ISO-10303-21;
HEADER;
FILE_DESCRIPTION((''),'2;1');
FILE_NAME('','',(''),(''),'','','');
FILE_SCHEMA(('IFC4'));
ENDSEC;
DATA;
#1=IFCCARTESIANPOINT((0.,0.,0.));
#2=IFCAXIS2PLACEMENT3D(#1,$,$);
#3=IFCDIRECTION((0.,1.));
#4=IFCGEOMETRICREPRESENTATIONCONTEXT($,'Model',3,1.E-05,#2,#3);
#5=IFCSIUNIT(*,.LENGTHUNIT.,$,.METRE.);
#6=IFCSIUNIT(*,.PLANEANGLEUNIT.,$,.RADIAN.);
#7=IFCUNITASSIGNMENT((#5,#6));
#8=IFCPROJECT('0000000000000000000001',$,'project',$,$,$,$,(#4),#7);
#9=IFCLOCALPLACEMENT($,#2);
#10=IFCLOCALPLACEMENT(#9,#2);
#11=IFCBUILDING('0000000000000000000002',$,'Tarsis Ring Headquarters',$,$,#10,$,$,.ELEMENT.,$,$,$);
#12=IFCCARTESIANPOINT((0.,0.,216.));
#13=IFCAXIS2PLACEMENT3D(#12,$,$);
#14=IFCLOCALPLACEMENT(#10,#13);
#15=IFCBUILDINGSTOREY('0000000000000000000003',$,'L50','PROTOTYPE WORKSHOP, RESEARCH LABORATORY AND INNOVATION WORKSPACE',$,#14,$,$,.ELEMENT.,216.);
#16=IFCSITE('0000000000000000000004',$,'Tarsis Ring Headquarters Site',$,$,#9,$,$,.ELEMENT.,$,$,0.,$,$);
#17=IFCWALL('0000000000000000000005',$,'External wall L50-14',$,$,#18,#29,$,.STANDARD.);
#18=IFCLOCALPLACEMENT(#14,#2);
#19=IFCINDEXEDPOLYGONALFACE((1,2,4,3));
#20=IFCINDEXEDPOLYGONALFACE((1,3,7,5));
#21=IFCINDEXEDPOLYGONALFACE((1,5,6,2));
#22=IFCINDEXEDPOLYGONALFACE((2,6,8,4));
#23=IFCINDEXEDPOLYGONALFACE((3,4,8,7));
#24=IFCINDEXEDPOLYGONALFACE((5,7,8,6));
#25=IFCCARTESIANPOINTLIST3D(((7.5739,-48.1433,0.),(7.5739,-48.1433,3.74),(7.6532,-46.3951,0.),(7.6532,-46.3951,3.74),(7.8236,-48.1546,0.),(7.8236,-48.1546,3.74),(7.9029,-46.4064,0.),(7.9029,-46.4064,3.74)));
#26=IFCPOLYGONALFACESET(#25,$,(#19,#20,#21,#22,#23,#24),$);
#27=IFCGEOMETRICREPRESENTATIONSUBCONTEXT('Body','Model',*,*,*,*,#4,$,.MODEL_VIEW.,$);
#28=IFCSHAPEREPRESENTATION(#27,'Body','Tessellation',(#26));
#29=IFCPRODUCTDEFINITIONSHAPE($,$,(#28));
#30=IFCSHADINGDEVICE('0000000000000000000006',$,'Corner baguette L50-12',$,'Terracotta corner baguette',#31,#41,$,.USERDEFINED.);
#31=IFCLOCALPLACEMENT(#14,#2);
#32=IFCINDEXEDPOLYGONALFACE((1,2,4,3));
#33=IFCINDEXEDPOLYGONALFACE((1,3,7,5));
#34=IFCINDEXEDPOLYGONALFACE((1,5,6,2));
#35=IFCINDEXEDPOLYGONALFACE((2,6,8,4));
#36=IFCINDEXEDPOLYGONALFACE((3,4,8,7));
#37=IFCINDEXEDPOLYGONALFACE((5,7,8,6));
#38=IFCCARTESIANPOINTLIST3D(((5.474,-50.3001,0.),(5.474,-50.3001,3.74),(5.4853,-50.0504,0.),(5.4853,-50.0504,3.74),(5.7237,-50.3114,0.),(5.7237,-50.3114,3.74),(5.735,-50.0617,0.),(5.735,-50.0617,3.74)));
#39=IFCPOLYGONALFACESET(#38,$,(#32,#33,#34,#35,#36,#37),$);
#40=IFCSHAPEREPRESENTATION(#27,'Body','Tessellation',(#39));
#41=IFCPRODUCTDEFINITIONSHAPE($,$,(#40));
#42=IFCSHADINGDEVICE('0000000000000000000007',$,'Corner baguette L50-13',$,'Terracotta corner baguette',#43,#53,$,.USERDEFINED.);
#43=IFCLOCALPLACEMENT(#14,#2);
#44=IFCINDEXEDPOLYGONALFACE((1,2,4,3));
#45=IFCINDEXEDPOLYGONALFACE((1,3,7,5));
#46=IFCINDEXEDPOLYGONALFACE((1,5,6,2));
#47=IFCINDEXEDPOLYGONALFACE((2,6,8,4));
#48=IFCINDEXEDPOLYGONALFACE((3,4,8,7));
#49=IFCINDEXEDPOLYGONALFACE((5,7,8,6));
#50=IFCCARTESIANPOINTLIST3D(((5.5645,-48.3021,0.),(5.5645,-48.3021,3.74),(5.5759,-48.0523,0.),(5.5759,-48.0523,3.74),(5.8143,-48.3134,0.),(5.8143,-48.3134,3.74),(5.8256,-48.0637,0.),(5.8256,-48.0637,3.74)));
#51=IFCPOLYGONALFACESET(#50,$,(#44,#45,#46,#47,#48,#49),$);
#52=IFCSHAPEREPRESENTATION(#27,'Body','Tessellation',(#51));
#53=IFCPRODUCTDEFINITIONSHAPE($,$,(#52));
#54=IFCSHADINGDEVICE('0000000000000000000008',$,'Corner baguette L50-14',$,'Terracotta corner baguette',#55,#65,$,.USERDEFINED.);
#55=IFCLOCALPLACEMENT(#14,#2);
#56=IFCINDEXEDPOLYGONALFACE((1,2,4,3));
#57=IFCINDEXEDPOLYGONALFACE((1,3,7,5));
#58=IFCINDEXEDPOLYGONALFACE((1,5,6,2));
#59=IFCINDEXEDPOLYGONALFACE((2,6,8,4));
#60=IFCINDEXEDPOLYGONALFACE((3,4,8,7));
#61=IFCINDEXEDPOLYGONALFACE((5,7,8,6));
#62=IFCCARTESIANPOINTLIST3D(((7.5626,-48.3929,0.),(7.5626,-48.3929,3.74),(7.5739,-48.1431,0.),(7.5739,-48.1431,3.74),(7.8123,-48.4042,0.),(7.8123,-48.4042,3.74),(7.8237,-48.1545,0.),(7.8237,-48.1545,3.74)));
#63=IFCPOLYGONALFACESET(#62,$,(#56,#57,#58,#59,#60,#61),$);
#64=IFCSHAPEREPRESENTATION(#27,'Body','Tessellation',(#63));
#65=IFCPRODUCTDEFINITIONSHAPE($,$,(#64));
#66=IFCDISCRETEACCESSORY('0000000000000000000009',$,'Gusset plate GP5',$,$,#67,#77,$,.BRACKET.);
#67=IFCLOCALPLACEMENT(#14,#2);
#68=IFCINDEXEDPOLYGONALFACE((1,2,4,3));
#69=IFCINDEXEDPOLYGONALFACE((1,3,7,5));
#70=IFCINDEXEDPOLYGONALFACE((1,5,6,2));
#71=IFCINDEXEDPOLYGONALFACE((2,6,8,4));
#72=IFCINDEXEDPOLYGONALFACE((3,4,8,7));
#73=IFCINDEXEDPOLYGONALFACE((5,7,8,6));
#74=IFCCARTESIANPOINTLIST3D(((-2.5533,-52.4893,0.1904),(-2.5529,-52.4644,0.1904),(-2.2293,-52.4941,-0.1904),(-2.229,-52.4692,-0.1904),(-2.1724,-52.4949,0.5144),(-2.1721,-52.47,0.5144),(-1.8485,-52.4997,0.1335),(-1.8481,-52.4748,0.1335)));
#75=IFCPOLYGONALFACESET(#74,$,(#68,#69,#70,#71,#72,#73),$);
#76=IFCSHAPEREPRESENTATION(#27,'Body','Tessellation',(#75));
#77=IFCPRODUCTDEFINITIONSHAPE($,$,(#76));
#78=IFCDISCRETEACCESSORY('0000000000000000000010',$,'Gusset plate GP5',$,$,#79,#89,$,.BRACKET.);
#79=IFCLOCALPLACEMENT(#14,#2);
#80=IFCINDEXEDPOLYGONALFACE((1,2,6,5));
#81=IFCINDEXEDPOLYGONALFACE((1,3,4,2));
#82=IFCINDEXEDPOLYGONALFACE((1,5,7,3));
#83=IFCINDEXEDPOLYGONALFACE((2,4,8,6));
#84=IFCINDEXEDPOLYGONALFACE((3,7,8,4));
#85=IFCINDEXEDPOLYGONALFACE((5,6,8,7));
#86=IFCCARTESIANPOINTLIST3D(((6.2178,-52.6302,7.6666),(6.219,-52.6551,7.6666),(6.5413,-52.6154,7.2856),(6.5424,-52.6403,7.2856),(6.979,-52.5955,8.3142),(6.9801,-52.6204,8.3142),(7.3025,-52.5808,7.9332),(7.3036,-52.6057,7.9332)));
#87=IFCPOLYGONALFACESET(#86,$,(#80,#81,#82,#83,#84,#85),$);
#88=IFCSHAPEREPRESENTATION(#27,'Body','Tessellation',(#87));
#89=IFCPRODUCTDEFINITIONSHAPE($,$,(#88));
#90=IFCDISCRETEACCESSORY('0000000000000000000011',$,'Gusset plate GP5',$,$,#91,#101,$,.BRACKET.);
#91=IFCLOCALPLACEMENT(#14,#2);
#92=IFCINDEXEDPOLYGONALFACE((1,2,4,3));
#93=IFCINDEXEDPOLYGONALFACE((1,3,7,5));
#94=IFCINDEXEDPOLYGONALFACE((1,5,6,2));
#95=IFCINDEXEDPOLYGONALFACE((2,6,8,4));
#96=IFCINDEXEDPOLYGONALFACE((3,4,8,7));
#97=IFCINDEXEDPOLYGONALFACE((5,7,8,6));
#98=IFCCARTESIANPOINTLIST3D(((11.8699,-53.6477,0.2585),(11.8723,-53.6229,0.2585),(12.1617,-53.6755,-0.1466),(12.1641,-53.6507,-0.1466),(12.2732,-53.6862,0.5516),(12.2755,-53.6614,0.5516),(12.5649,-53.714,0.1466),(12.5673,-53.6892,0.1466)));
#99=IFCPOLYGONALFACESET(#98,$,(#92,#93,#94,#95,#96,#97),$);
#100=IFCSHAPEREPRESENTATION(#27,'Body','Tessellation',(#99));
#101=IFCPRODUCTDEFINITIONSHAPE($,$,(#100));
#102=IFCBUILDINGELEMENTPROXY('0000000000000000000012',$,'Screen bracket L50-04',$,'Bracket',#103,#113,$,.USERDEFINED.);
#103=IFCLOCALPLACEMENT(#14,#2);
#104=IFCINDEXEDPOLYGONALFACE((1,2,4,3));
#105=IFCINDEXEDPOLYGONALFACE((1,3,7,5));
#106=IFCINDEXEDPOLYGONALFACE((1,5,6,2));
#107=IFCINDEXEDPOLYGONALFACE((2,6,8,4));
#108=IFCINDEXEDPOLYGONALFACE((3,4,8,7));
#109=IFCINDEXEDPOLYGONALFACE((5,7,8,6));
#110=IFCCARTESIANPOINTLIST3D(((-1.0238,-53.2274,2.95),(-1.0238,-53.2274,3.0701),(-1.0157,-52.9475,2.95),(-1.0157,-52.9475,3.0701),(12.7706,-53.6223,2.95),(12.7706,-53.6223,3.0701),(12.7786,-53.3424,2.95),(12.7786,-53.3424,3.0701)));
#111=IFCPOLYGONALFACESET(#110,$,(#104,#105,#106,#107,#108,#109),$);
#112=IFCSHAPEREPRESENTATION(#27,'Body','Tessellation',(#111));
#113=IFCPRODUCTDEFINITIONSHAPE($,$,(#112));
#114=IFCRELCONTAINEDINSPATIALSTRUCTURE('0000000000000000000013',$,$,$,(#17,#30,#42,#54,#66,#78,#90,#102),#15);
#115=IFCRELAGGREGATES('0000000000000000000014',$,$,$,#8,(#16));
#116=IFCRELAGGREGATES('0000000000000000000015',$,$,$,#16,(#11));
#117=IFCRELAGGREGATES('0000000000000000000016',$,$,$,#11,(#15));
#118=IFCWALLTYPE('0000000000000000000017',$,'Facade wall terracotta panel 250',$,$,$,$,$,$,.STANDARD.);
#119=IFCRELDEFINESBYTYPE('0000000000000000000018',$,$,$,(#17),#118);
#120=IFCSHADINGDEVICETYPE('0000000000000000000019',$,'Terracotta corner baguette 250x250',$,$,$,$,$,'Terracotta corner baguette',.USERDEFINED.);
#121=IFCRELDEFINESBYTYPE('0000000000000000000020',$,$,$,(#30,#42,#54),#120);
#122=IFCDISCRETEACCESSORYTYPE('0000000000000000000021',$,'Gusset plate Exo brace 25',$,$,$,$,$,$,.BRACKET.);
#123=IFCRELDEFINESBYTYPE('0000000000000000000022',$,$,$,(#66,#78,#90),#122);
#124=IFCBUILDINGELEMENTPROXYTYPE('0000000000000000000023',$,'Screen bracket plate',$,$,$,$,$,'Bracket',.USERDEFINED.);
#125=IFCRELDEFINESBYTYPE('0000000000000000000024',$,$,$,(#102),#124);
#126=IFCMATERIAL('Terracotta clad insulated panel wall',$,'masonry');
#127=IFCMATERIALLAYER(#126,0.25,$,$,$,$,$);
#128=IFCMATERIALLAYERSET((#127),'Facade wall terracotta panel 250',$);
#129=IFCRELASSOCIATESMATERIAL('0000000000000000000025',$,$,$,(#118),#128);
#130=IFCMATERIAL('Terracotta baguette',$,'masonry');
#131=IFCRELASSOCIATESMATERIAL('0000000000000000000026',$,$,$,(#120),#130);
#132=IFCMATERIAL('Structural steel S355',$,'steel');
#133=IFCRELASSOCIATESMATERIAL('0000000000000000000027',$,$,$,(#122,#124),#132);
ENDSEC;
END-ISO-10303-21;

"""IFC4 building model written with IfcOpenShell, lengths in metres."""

from ifc_helpers import new_model, si_unit, direction, frame, frame_2d, origin, origin_2d, place, context, subcontext, project, spatial, rectangle, extrude, material, layer, layer_set, material_profile, profile_set, type_object, element, save


model = new_model("IFC4")

# Units and contexts
model_context = context("Model", 3, precision=1e-05, world=origin(), true_north=direction((0.0, 1.0)))
body_context = subcontext(model_context, "Body", "Model", "MODEL_VIEW")
ifc_project = project(units=[si_unit("LENGTHUNIT", "METRE"), si_unit("PLANEANGLEUNIT", "RADIAN")], contexts=[model_context])

# Site, building, storey
site_placement = place(None, origin())
site = spatial("IfcSite", under=ifc_project, at=site_placement, Name="Tarsis Ring Headquarters Site", CompositionType="ELEMENT", RefElevation=0.0)
building_placement = place(site_placement, origin())
building = spatial("IfcBuilding", under=site, at=building_placement, Name="Tarsis Ring Headquarters", CompositionType="ELEMENT")
storey_placement = place(building_placement, frame((0.0, 0.0, 216.0)))
storey = spatial("IfcBuildingStorey", under=building, at=storey_placement, Name="L50", Description="PROTOTYPE WORKSHOP, RESEARCH LABORATORY AND INNOVATION WORKSPACE", CompositionType="ELEMENT", Elevation=216.0)

# Shared definitions
ifc_material_1 = material(Name="Structural steel S355", Category="steel")

# Wall
ifc_material_2 = material(Name="Terracotta clad insulated panel wall", Category="masonry")
ifc_layer = layer(ifc_material_2, 0.25)
ifc_layer_set = layer_set([ifc_layer], Name="Facade wall terracotta panel 250")
wall_type = type_object("IfcWallType", Name="Facade wall terracotta panel 250", PredefinedType="STANDARD", material=ifc_layer_set)
wall_placement = place(storey_placement, frame((7.6987, -48.1489, 0.0), z_axis=(0.0, 0.0, 1.0), x_axis=(0.045338, 0.998972, 0.0)))
element("IfcWall", 1, at=wall_placement, inside=storey, type_object=wall_type, Name="External wall L50-14", PredefinedType="STANDARD", context=body_context, shape_type="SweptSolid", body=[
    extrude(rectangle(XDim=1.75, YDim=0.25, at=frame_2d((0.875, 0.0))), origin(), (0.0, 0.0, 1.0), 3.74),
])

# Shading devices
ifc_material_3 = material(Name="Terracotta baguette", Category="masonry")
shading_device_type_1 = type_object("IfcShadingDeviceType", Name="Terracotta corner baguette 250x250", ElementType="Terracotta corner baguette", PredefinedType="USERDEFINED", material=ifc_material_3)
for number, where, z_axis, x_axis, name in (
    (2, (5.6045, -50.1809, 0.0), (0.0, 0.0, 1.0), (0.998971, -0.045363, 0.0), "Corner baguette L50-12"),
    (3, (5.6951, -48.1829, 0.0), (0.0, 0.0, 1.0), (0.045363, 0.998971, 0.0), "Corner baguette L50-13"),
    (4, (7.6931, -48.2737, 0.0), (0.0, 0.0, 1.0), (0.998971, -0.045363, 0.0), "Corner baguette L50-14"),
):
    element("IfcShadingDevice", number, at=place(storey_placement, frame(where, z_axis=z_axis, x_axis=x_axis)), inside=storey, type_object=shading_device_type_1, Name=name, ObjectType="Terracotta corner baguette", PredefinedType="USERDEFINED", context=body_context, shape_type="SweptSolid", body=[
        extrude(rectangle(XDim=0.25, YDim=0.25, at=origin_2d()), origin(), (0.0, 0.0, 1.0), 3.74),
    ])

# Discrete accessories
ifc_material_profile_1 = material_profile(ifc_material_1, rectangle(XDim=0.0249, YDim=0.5, at=origin_2d()), Name="PL 25x500")
ifc_profile_set_1 = profile_set([ifc_material_profile_1], Name="Structural steel S355")
discrete_accessory_type = type_object("IfcDiscreteAccessoryType", Name="Gusset plate Exo brace 25", PredefinedType="BRACKET", material=ifc_profile_set_1)
discrete_accessory_1_placement = place(storey_placement, frame((-2.3911, -52.4792, 0.0), z_axis=(0.76165, -0.011229, 0.647891), x_axis=(0.014742, 0.999891, 0.0)))
element("IfcDiscreteAccessory", 5, at=discrete_accessory_1_placement, inside=storey, type_object=discrete_accessory_type, Name="Gusset plate GP5", PredefinedType="BRACKET", context=body_context, shape_type="SweptSolid", body=[
    extrude(rectangle(XDim=0.0249, YDim=0.5, at=origin_2d()), origin(), (0.0, 0.0, 1.0), 0.5),
])
discrete_accessory_2_placement = place(storey_placement, frame((6.3801, -52.6353, 7.4761), z_axis=(0.761156, 0.034665, 0.647642), x_axis=(-0.045495, 0.998965, 0.0)))
element("IfcDiscreteAccessory", 6, at=discrete_accessory_2_placement, inside=storey, type_object=discrete_accessory_type, Name="Gusset plate GP5", PredefinedType="BRACKET", context=body_context, shape_type="SweptSolid", body=[
    extrude(rectangle(XDim=0.0249, YDim=0.5, at=origin_2d()), origin(), (0.0, 0.0, 1.0), 1.0),
])
discrete_accessory_3_placement = place(storey_placement, frame((12.3645, -53.6824, 0.0), z_axis=(-0.583566, 0.055671, 0.810155), x_axis=(-0.094966, -0.99548, 0.0)))
element("IfcDiscreteAccessory", 7, at=discrete_accessory_3_placement, inside=storey, type_object=discrete_accessory_type, Name="Gusset plate GP5", PredefinedType="BRACKET", context=body_context, shape_type="SweptSolid", body=[
    extrude(rectangle(XDim=0.0249, YDim=0.5, at=origin_2d()), origin(), (0.0, 0.0, 1.0), 0.5),
])

# Building element proxy
building_element_proxy_type = type_object("IfcBuildingElementProxyType", Name="Screen bracket plate", ElementType="Bracket", PredefinedType="USERDEFINED", material=ifc_material_1)
proxy_placement = place(storey_placement, frame((5.8774, -53.2849, 2.95), z_axis=(0.0, 0.0, 1.0), x_axis=(0.99959, -0.02862, 0.0)))
element("IfcBuildingElementProxy", 8, at=proxy_placement, inside=storey, type_object=building_element_proxy_type, Name="Screen bracket L50-04", ObjectType="Bracket", PredefinedType="USERDEFINED", context=body_context, shape_type="SweptSolid", body=[
    extrude(rectangle(XDim=13.8, YDim=0.28, at=origin_2d()), origin(), (0.0, 0.0, 1.0), 0.1201),
])

save(model, "model.ifc")
